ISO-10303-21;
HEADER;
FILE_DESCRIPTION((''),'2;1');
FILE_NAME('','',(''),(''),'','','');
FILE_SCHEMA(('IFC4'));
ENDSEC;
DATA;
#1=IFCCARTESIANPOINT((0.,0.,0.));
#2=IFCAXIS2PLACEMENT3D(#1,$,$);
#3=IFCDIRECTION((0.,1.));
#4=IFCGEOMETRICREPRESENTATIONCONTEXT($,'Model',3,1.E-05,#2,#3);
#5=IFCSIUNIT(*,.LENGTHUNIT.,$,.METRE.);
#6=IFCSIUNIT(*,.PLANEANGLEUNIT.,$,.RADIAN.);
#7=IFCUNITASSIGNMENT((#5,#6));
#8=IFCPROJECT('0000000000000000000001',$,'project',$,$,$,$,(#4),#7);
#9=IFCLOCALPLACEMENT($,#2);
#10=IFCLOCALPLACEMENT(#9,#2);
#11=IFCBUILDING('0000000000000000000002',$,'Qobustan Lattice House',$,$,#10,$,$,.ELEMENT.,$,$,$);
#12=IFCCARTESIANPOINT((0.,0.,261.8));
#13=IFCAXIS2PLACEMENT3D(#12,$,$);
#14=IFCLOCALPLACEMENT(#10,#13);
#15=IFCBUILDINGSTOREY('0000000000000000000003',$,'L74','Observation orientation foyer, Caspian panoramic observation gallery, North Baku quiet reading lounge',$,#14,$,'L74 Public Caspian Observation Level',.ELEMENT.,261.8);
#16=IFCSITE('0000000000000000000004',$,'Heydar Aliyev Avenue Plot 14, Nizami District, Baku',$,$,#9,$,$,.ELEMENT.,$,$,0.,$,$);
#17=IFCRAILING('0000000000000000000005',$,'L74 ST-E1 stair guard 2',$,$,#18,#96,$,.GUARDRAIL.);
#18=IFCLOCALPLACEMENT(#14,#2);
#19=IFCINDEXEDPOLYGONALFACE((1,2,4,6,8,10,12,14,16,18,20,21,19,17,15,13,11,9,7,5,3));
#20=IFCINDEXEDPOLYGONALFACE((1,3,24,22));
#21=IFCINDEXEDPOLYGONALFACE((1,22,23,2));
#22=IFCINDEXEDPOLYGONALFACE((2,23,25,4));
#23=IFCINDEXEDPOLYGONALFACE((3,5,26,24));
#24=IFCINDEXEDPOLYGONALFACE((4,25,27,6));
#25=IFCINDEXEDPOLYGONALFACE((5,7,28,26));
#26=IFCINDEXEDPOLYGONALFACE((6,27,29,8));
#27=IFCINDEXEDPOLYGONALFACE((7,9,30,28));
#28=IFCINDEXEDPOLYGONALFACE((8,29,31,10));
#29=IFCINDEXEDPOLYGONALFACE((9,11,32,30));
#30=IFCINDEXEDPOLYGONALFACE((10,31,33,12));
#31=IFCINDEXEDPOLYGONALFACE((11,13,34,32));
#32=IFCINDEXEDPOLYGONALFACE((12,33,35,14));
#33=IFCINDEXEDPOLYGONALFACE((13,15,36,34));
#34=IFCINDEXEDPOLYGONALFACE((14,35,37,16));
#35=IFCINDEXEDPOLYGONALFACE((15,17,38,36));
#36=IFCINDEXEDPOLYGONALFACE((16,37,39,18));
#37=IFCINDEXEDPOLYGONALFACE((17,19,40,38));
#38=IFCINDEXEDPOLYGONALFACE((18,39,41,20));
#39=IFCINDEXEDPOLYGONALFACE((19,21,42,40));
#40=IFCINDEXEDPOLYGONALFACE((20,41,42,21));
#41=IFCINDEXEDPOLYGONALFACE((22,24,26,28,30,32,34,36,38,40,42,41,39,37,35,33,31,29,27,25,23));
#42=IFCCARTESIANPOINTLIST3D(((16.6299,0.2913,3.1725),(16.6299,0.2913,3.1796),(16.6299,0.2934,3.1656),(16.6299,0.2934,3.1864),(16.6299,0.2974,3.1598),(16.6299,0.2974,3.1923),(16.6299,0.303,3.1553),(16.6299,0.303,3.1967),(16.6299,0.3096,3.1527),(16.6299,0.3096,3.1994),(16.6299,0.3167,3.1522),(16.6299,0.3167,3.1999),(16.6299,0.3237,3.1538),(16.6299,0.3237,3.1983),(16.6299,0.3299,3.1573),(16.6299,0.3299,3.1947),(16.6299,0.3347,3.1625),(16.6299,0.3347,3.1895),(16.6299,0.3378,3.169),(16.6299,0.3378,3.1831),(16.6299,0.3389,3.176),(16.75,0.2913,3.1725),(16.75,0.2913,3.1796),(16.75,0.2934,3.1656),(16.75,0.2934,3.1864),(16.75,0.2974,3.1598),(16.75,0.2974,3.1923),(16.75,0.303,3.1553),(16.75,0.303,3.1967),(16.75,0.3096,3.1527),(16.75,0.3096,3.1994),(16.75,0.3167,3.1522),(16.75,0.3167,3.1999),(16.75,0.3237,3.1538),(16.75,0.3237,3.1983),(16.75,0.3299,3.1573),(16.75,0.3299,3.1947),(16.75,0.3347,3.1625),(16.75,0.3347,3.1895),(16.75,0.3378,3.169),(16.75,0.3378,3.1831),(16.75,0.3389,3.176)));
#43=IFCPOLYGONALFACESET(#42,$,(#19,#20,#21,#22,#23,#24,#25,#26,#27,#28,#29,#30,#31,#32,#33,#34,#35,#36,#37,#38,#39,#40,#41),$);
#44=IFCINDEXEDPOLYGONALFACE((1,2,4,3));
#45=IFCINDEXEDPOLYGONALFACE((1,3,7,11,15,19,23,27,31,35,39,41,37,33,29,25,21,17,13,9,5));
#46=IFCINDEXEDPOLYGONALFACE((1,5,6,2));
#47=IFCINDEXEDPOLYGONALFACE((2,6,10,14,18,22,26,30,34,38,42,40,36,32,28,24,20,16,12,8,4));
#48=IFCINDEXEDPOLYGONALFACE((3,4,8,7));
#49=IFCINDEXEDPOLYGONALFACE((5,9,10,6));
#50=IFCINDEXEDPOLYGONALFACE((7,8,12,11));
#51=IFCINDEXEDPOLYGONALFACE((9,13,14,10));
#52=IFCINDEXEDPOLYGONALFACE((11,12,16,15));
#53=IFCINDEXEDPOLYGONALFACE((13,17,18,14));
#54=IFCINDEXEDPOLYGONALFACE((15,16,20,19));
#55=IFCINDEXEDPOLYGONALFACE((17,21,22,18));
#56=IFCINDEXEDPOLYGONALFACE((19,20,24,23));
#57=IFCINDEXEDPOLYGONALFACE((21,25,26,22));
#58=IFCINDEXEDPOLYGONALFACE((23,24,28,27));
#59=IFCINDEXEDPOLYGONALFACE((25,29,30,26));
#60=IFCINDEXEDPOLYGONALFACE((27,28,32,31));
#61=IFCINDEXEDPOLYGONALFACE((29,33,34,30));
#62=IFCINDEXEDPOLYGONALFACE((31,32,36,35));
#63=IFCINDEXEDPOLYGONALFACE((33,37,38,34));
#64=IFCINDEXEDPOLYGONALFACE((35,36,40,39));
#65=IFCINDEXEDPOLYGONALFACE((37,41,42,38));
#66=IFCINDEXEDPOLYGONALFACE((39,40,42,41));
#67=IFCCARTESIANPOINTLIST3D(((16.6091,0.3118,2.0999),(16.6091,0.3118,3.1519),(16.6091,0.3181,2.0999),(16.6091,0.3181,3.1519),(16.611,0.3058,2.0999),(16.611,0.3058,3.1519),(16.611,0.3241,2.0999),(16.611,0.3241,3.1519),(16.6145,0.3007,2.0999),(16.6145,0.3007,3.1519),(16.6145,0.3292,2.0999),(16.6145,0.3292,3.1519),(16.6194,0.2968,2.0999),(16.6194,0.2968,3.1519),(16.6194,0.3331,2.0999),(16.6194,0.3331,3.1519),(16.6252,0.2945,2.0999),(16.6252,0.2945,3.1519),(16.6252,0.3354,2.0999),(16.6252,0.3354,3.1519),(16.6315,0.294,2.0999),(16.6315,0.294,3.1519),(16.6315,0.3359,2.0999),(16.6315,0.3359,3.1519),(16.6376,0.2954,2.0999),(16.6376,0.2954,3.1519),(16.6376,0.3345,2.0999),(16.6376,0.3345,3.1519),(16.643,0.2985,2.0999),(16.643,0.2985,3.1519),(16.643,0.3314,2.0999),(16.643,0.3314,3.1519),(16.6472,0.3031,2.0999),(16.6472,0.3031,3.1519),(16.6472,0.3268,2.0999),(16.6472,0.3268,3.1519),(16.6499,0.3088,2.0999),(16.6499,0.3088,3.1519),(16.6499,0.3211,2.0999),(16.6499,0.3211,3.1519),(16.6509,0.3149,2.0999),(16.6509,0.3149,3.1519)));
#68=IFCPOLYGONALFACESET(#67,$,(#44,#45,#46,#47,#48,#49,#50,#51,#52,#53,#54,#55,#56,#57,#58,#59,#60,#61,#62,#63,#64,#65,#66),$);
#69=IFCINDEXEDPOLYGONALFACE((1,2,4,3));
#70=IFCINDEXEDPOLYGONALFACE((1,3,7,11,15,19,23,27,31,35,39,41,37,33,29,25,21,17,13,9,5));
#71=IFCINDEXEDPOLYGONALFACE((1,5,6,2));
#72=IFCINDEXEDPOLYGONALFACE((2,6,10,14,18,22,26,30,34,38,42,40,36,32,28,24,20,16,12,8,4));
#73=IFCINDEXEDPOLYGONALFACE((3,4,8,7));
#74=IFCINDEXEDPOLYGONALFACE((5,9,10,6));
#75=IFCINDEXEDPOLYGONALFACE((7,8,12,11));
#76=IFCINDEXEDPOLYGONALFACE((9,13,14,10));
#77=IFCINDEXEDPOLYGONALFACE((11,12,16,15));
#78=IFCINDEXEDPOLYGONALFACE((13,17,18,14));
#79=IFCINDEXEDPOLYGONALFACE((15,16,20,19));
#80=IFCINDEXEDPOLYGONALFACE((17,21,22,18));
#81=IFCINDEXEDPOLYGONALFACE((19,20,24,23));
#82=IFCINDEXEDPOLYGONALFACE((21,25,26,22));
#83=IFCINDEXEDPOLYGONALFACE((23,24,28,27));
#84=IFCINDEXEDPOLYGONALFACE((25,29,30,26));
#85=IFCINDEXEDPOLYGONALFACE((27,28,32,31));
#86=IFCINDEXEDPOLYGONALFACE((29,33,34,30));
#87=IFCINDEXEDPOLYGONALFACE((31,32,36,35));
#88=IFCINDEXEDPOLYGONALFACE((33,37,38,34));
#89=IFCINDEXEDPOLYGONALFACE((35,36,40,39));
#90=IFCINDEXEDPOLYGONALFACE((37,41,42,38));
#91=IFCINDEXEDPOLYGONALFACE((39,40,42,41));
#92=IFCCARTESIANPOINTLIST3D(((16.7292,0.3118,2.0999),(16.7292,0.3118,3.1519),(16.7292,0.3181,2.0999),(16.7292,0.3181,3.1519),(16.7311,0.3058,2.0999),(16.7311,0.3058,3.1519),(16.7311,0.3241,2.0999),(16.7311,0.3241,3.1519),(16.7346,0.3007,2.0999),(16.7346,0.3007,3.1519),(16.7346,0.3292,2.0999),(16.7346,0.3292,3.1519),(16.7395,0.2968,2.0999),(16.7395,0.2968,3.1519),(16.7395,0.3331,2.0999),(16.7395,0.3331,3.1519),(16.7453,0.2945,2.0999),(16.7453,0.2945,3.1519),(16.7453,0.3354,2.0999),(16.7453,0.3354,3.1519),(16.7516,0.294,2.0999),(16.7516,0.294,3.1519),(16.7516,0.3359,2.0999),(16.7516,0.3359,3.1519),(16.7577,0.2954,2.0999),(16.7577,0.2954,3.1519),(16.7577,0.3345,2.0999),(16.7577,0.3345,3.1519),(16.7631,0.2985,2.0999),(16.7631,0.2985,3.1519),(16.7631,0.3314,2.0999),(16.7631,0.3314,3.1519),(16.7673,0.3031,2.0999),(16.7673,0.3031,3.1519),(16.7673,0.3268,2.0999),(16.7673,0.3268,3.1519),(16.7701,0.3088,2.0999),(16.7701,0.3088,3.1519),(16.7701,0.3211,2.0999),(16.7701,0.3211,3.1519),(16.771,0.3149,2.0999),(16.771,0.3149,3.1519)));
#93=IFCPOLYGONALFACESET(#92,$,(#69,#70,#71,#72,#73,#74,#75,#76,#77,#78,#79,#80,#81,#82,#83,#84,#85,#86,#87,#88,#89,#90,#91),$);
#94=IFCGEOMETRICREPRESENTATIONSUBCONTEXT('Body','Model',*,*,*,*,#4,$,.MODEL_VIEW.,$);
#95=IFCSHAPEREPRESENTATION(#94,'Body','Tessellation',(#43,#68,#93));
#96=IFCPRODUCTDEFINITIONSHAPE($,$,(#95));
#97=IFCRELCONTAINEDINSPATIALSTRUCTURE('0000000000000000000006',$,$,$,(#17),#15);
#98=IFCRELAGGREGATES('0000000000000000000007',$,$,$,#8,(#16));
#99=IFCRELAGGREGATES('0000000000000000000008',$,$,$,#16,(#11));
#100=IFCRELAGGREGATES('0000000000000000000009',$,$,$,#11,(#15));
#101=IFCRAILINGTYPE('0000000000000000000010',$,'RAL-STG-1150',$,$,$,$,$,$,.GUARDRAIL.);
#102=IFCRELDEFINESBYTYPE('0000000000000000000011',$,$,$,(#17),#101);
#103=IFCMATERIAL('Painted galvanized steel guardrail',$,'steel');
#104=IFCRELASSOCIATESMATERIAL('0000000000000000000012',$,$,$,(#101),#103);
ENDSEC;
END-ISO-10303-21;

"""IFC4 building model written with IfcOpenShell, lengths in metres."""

from ifc_helpers import new_model, si_unit, direction, frame, origin, origin_2d, place, context, subcontext, project, spatial, circle, extrude, material, type_object, element, save


model = new_model("IFC4")

# Units and contexts
model_context = context("Model", 3, precision=1e-05, world=origin(), true_north=direction((0.0, 1.0)))
body_context = subcontext(model_context, "Body", "Model", "MODEL_VIEW")
ifc_project = project(units=[si_unit("LENGTHUNIT", "METRE"), si_unit("PLANEANGLEUNIT", "RADIAN")], contexts=[model_context])

# Site, building, storey
site_placement = place(None, origin())
site = spatial("IfcSite", under=ifc_project, at=site_placement, Name="Heydar Aliyev Avenue Plot 14, Nizami District, Baku", CompositionType="ELEMENT", RefElevation=0.0)
building_placement = place(site_placement, origin())
building = spatial("IfcBuilding", under=site, at=building_placement, Name="Qobustan Lattice House", CompositionType="ELEMENT")
storey_placement = place(building_placement, frame((0.0, 0.0, 261.8)))
storey = spatial("IfcBuildingStorey", under=building, at=storey_placement, Name="L74", Description="Observation orientation foyer, Caspian panoramic observation gallery, North Baku quiet reading lounge", LongName="L74 Public Caspian Observation Level", CompositionType="ELEMENT", Elevation=261.8)

# Railing
ifc_material_1 = material(Name="Painted galvanized steel guardrail", Category="steel")
railing_type_1 = type_object("IfcRailingType", Name="RAL-STG-1150", PredefinedType="GUARDRAIL", material=ifc_material_1)
railing_1_placement = place(storey_placement, frame((16.6299, 0.3149, 2.0999)))
element("IfcRailing", 1, at=railing_1_placement, inside=storey, type_object=railing_type_1, Name="L74 ST-E1 stair guard 2", PredefinedType="GUARDRAIL", context=body_context, shape_type="SweptSolid", body=[
    extrude(circle(Radius=0.0239, at=origin_2d()), frame((0.0, 0.0, 1.0762), z_axis=(1.0, 0.0, 0.0), x_axis=(0.0, 1.0, 0.0)), (0.0, 0.0, 1.0), 0.1201),
    extrude(circle(Radius=0.021, at=origin_2d()), origin(), (0.0, 0.0, 1.0), 1.052),
    extrude(circle(Radius=0.021, at=origin_2d()), frame((0.1201, 0.0, 0.0)), (0.0, 0.0, 1.0), 1.052),
])

save(model, "model.ifc")
